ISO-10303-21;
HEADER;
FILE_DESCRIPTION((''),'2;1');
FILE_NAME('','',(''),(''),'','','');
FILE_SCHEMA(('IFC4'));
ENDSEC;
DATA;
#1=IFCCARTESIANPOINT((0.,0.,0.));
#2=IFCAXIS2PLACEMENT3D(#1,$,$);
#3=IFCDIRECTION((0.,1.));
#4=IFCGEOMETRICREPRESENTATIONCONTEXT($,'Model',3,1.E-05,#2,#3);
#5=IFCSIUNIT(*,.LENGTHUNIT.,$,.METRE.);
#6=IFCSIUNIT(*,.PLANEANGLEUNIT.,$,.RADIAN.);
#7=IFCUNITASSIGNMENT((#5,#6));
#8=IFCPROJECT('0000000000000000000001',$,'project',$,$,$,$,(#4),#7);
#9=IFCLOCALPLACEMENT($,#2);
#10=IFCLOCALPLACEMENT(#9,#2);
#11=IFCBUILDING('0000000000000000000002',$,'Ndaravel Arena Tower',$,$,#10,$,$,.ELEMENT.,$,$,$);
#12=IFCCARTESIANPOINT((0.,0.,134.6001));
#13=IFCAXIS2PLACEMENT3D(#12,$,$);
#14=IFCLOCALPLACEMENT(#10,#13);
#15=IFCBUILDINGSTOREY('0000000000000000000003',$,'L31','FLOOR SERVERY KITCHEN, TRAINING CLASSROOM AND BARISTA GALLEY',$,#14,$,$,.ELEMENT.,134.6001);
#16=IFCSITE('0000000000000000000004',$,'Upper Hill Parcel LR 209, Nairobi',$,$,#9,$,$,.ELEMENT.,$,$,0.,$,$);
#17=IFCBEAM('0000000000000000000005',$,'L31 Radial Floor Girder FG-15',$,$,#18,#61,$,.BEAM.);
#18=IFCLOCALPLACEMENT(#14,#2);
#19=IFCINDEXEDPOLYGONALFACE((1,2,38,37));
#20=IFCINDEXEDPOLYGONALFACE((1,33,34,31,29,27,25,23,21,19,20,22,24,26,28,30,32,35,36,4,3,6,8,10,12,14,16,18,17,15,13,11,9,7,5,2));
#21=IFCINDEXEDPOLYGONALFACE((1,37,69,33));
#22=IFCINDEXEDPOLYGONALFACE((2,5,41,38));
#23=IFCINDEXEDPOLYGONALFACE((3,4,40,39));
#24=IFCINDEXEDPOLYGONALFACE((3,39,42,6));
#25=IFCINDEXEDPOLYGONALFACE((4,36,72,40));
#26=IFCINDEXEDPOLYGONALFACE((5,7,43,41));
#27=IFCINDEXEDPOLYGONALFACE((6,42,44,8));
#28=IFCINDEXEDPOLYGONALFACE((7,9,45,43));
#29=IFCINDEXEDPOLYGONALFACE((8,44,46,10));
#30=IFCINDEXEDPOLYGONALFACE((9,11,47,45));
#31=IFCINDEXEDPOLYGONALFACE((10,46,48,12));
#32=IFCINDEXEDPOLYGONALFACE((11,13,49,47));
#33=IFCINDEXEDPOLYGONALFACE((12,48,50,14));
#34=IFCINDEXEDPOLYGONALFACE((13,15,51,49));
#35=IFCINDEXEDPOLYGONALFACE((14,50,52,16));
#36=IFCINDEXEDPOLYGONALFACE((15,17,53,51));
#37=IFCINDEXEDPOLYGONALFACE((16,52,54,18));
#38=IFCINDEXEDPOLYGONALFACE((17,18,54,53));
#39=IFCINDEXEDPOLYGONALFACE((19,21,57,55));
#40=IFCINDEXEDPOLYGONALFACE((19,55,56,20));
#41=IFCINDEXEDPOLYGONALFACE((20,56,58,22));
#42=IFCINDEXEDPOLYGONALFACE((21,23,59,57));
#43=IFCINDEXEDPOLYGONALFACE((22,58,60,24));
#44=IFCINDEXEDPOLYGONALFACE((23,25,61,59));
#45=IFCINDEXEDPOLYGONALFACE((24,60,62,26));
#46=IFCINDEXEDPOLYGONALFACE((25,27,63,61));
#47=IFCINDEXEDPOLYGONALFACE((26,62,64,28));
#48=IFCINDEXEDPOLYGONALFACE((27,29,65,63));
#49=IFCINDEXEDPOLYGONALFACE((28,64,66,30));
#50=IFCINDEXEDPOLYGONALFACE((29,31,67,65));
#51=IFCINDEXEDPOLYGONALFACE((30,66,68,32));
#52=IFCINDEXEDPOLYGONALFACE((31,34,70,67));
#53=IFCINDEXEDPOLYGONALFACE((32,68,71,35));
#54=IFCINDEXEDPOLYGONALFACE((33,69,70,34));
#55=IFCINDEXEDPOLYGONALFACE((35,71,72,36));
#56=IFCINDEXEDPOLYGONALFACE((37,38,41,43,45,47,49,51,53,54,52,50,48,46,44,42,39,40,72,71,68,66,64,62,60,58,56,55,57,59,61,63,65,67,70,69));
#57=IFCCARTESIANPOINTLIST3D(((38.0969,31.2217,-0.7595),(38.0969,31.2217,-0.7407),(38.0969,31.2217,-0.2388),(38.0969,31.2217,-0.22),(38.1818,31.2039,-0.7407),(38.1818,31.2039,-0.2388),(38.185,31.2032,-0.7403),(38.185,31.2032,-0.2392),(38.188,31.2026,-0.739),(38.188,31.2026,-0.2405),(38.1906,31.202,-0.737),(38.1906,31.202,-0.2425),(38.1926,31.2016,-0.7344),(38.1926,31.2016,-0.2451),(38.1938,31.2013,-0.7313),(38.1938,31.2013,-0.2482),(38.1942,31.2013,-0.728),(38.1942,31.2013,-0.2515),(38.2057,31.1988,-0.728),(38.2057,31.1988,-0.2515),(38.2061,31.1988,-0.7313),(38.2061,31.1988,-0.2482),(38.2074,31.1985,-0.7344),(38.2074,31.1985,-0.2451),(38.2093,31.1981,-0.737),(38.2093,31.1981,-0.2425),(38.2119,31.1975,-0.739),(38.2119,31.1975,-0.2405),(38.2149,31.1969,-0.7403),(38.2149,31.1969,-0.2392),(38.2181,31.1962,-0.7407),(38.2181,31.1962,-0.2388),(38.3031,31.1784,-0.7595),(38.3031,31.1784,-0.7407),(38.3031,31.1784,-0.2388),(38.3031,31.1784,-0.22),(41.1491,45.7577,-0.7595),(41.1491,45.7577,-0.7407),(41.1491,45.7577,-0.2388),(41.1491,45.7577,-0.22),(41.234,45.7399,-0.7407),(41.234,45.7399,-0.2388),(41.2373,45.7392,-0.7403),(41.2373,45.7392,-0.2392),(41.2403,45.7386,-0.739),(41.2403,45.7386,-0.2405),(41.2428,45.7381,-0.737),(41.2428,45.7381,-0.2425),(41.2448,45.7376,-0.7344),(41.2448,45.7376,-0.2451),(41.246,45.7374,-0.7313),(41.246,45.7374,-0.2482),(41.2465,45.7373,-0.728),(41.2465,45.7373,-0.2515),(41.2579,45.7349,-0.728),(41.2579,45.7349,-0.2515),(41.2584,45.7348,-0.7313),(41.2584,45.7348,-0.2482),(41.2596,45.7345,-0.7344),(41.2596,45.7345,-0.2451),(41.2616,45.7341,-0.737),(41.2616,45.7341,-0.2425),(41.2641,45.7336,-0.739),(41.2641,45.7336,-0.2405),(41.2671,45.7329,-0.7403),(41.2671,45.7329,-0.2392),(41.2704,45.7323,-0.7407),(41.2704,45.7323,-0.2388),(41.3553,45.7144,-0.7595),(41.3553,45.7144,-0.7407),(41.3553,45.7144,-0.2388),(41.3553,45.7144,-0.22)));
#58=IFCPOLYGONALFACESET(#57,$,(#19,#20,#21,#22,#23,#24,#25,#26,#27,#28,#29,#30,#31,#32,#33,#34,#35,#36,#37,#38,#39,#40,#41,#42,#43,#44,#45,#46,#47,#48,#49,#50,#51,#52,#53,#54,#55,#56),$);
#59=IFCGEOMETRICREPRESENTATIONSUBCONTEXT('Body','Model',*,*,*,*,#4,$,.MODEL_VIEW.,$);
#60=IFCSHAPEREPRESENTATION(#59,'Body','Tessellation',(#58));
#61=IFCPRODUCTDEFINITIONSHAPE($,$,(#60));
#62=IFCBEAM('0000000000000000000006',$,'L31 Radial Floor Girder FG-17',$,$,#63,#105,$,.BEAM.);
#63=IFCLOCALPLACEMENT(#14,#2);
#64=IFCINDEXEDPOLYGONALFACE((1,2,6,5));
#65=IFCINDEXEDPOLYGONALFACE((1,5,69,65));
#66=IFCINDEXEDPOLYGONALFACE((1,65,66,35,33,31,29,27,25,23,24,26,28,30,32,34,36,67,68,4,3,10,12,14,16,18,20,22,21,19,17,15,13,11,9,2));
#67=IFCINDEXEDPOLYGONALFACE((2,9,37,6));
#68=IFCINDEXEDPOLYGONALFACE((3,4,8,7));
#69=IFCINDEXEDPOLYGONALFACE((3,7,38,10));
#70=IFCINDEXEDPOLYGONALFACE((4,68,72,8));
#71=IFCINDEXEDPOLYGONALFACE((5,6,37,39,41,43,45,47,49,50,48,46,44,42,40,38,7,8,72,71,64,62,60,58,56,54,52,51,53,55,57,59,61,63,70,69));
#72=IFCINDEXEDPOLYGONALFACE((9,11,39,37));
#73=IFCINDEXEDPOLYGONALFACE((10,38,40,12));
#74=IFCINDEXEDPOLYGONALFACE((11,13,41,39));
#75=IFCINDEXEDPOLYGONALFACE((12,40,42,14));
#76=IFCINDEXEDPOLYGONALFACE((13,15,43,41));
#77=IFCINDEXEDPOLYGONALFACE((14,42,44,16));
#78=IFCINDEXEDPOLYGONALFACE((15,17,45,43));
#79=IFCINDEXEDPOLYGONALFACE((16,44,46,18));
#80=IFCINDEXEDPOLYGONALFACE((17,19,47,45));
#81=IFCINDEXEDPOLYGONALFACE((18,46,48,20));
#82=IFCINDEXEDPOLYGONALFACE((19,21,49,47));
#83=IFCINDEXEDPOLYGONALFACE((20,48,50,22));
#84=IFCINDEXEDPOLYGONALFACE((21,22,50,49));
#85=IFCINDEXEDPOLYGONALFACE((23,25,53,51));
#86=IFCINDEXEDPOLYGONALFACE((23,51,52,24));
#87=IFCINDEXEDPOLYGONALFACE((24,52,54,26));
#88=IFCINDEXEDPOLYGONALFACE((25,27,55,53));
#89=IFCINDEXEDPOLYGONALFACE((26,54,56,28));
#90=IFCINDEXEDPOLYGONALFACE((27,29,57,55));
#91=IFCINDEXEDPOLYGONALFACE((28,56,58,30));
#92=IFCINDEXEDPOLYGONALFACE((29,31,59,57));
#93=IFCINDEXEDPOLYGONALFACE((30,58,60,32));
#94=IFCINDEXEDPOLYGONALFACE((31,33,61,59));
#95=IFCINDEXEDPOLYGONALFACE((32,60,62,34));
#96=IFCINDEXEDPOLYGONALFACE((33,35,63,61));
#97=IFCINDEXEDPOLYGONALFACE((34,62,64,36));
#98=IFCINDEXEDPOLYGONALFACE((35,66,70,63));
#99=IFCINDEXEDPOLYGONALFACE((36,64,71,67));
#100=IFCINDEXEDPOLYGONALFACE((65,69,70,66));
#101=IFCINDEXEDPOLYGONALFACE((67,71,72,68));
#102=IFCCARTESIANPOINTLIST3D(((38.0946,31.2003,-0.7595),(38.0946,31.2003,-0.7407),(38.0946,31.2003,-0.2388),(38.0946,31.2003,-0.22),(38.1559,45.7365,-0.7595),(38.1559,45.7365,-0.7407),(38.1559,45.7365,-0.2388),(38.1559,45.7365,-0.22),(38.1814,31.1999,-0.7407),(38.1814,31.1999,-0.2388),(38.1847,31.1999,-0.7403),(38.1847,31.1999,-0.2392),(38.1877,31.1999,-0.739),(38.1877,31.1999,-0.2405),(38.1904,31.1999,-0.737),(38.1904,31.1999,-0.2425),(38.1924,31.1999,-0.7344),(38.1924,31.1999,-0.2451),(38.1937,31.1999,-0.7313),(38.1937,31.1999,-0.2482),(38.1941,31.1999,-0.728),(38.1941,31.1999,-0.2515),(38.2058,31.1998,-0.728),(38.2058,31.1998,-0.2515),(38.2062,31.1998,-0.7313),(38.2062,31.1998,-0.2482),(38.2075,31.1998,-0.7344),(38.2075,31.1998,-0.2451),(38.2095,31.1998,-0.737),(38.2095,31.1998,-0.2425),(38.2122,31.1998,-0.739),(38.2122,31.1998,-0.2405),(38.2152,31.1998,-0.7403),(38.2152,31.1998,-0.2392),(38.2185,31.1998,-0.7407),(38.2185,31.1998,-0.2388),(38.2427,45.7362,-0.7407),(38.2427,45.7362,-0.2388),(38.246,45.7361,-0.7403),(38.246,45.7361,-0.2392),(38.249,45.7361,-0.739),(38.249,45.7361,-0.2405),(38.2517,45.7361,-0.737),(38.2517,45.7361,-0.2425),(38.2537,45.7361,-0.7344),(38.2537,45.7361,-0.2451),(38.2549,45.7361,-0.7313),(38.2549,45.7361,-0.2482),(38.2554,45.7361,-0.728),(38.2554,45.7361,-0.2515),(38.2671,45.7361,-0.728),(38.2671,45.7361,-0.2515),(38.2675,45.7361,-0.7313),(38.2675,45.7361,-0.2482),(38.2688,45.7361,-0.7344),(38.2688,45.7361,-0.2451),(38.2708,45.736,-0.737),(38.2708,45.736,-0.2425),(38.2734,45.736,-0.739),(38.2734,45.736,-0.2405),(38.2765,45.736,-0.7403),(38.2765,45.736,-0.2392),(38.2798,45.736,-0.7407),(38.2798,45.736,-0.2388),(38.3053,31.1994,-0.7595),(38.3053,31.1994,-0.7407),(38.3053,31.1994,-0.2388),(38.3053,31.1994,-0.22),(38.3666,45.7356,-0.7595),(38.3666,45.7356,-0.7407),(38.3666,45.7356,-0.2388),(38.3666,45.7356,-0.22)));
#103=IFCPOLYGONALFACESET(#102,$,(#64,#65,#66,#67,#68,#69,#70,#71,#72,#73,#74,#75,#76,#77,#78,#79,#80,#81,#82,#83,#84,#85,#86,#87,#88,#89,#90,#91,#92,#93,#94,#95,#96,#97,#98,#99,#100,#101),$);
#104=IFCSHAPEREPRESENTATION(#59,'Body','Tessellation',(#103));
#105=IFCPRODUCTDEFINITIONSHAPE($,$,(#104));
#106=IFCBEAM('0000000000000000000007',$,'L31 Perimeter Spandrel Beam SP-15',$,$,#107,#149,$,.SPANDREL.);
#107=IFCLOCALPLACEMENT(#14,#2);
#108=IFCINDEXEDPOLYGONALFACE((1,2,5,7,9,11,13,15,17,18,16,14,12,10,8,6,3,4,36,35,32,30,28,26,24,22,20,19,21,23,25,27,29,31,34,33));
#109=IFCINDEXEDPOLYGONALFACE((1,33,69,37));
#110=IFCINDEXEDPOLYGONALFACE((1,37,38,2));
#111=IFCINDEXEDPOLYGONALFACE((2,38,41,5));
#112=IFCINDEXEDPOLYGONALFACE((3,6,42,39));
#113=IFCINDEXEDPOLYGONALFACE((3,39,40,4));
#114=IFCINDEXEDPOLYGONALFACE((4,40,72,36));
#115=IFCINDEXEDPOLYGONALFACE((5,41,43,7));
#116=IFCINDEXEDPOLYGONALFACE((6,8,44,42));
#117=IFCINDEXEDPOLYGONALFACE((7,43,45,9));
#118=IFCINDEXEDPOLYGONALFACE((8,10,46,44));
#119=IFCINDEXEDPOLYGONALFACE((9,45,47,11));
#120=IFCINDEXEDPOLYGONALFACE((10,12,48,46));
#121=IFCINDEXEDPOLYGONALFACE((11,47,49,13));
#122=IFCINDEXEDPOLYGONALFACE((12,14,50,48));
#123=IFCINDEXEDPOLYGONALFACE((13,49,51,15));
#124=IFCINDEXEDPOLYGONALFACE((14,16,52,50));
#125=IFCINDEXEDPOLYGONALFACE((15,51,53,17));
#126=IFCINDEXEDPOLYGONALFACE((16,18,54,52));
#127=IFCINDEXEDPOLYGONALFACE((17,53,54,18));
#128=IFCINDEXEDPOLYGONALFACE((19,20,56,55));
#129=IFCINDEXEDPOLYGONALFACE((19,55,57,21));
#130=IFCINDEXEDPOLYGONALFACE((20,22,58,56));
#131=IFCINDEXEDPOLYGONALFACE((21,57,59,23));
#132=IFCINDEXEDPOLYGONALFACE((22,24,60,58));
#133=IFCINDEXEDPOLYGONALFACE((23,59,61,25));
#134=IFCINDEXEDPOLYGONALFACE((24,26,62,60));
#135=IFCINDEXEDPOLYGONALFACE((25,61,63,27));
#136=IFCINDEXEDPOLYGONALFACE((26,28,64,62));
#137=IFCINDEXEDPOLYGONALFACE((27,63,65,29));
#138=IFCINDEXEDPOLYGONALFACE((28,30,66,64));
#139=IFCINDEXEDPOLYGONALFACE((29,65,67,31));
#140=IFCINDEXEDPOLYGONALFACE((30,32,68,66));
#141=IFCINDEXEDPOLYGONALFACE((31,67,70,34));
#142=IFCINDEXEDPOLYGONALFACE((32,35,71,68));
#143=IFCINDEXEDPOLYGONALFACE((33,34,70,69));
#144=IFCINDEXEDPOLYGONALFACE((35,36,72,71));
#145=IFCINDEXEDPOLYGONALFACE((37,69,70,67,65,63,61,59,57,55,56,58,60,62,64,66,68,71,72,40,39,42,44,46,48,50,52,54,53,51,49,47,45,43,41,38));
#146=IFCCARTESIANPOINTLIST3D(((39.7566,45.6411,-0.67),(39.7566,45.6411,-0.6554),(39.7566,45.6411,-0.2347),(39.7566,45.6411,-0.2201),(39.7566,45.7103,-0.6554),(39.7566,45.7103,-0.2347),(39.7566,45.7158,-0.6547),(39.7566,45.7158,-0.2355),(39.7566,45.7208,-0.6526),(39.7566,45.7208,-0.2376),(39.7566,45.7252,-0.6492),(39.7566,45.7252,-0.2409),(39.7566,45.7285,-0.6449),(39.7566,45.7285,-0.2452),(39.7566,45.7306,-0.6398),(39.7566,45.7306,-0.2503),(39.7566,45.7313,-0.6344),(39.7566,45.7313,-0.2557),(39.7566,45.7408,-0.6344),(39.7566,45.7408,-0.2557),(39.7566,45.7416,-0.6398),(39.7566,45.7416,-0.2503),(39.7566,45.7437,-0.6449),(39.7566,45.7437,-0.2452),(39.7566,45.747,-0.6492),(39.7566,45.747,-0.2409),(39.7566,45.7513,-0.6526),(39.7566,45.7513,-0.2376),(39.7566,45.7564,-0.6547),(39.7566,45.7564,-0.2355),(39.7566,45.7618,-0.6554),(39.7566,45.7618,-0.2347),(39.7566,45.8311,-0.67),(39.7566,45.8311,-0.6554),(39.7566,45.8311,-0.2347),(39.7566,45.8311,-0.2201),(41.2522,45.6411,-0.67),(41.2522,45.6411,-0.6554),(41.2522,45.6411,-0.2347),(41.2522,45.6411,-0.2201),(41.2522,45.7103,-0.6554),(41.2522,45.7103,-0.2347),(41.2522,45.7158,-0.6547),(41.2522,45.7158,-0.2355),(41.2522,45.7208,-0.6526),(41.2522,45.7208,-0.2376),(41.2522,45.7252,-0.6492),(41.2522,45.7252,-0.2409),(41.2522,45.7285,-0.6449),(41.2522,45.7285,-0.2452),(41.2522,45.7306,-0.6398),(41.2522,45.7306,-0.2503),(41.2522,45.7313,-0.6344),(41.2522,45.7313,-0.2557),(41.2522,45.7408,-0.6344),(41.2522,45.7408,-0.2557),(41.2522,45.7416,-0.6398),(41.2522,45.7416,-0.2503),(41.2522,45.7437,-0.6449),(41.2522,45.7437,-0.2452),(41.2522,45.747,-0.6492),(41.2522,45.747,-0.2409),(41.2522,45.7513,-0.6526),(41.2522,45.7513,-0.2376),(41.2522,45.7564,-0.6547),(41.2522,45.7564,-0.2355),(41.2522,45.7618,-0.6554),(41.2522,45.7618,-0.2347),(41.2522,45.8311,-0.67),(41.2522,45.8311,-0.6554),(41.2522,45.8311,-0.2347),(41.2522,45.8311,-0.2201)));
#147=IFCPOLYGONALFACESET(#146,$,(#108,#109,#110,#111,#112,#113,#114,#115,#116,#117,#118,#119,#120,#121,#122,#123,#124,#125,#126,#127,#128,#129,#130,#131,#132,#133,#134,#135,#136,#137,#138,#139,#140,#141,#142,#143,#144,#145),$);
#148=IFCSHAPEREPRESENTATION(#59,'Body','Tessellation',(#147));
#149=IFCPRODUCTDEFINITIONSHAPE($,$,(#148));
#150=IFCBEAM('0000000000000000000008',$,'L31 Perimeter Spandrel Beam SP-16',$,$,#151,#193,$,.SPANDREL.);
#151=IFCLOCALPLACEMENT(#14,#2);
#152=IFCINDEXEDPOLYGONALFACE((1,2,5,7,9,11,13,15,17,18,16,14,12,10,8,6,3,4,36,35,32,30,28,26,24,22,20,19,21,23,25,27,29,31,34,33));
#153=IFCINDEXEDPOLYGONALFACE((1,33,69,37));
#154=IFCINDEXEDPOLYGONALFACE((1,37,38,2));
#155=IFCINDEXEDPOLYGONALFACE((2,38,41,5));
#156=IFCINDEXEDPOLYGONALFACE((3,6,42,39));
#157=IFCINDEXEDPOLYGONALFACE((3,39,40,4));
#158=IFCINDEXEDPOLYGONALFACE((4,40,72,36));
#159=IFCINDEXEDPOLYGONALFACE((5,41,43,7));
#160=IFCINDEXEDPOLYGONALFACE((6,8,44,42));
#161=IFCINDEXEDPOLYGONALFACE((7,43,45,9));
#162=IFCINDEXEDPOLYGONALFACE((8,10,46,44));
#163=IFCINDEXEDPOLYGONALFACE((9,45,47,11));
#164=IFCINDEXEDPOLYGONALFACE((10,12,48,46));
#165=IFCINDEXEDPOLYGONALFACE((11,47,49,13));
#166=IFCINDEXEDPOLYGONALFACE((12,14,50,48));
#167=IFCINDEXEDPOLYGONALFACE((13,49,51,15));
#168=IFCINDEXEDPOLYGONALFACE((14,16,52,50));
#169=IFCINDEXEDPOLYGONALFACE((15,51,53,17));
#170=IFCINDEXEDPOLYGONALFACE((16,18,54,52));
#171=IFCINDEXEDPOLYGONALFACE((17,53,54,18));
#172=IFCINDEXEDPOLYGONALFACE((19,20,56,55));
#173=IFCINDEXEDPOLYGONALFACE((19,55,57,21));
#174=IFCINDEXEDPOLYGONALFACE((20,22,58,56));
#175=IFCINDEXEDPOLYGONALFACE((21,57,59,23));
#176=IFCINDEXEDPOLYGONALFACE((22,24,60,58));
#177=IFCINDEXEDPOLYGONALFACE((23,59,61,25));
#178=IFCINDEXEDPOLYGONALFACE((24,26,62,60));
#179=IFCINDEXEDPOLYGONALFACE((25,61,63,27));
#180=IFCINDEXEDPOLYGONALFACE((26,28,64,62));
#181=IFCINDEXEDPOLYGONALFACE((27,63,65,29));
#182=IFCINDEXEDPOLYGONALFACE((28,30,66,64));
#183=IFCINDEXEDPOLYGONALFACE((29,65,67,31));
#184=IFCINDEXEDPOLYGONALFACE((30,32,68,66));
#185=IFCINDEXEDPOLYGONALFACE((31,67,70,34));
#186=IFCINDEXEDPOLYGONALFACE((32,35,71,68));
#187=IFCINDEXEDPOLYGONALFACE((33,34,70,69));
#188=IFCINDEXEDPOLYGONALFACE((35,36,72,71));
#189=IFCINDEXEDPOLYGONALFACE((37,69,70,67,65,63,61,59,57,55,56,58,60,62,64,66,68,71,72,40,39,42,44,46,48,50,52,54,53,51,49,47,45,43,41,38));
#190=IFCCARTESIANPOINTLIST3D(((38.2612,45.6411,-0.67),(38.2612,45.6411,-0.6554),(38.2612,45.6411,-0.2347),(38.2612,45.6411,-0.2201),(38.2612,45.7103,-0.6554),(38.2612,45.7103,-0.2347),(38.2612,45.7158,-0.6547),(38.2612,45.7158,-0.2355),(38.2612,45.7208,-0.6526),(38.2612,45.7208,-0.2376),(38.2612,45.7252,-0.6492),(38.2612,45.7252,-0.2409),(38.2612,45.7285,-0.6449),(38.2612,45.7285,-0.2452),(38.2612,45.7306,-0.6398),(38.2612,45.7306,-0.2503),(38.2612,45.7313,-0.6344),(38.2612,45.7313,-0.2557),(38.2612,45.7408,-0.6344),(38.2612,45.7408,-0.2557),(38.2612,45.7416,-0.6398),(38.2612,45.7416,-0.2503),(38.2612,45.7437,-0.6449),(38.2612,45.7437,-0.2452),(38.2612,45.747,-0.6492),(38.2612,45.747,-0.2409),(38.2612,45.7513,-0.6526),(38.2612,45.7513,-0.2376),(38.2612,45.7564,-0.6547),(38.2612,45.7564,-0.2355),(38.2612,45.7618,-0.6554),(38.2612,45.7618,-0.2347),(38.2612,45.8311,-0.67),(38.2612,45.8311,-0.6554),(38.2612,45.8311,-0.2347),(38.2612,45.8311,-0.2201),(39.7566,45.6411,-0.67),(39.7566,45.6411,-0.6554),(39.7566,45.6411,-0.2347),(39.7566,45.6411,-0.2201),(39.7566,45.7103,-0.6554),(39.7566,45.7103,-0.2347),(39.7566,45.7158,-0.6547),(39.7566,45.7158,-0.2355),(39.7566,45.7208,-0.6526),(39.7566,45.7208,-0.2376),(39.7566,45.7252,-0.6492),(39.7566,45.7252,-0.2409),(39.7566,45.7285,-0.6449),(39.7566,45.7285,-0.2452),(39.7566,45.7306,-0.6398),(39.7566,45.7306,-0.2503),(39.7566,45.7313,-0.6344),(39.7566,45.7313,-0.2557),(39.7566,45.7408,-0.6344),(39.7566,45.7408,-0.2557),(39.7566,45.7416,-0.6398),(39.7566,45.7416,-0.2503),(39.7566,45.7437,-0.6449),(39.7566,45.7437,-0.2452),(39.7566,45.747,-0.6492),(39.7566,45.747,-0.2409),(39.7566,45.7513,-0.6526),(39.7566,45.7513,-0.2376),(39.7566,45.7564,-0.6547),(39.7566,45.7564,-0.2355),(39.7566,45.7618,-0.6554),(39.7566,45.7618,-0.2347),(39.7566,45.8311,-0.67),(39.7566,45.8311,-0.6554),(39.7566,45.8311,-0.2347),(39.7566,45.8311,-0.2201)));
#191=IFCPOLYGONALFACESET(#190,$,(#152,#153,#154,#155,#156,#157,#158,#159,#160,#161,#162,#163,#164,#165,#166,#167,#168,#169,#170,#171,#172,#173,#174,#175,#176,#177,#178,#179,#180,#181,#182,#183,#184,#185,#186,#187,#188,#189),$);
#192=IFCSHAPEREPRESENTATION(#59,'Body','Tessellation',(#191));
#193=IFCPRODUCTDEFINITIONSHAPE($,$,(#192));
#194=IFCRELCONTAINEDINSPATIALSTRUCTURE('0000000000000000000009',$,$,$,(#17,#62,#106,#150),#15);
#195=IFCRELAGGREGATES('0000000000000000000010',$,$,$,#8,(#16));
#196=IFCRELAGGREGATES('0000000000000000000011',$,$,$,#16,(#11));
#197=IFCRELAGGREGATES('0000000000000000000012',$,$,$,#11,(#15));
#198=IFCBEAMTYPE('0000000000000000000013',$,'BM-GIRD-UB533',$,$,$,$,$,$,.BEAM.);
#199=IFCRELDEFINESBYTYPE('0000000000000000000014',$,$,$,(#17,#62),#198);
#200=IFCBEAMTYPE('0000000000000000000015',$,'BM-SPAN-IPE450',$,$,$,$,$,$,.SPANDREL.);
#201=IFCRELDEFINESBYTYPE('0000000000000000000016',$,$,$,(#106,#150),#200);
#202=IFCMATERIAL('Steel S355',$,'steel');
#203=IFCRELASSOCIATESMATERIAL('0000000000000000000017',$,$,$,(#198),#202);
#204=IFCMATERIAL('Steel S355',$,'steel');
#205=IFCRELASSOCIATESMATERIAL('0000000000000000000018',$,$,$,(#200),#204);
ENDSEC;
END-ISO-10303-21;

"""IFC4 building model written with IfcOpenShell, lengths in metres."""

from ifc_helpers import new_model, si_unit, direction, frame, origin, origin_2d, place, context, subcontext, project, spatial, i_section, extrude, material, material_profile, profile_set, type_object, element, save


model = new_model("IFC4")

# Units and contexts
model_context = context("Model", 3, precision=1e-05, world=origin(), true_north=direction((0.0, 1.0)))
body_context = subcontext(model_context, "Body", "Model", "MODEL_VIEW")
ifc_project = project(units=[si_unit("LENGTHUNIT", "METRE"), si_unit("PLANEANGLEUNIT", "RADIAN")], contexts=[model_context])

# Site, building, storey
site_placement = place(None, origin())
site = spatial("IfcSite", under=ifc_project, at=site_placement, Name="Upper Hill Parcel LR 209, Nairobi", CompositionType="ELEMENT", RefElevation=0.0)
building_placement = place(site_placement, origin())
building = spatial("IfcBuilding", under=site, at=building_placement, Name="Ndaravel Arena Tower", CompositionType="ELEMENT")
storey_placement = place(building_placement, frame((0.0, 0.0, 134.6001)))
storey = spatial("IfcBuildingStorey", under=building, at=storey_placement, Name="L31", Description="FLOOR SERVERY KITCHEN, TRAINING CLASSROOM AND BARISTA GALLEY", CompositionType="ELEMENT", Elevation=134.6001)

# Beams
ifc_material_1 = material(Name="Steel S355", Category="steel")
ifc_material_profile_1 = material_profile(ifc_material_1, i_section(OverallWidth=0.2107, OverallDepth=0.5396, WebThickness=0.0117, FlangeThickness=0.0188, FilletRadius=0.0127, at=origin_2d()), Name="UB 533x210x109")
ifc_profile_set_1 = profile_set([ifc_material_profile_1], Name="Steel S355")
beam_type_1 = type_object("IfcBeamType", Name="BM-GIRD-UB533", PredefinedType="BEAM", material=ifc_profile_set_1)
beam_1_placement = place(storey_placement, frame((41.2522, 45.7361, -0.4897), z_axis=(-0.205495, -0.978658, 0.0), x_axis=(0.978658, -0.205495, 0.0)))
element("IfcBeam", 1, at=beam_1_placement, inside=storey, type_object=beam_type_1, Name="L31 Radial Floor Girder FG-15", PredefinedType="BEAM", context=body_context, shape_type="SweptSolid", body=[
    extrude(i_section(OverallWidth=0.2107, OverallDepth=0.5396, WebThickness=0.0117, FlangeThickness=0.0188, FilletRadius=0.0127, at=origin_2d()), origin(), (0.0, 0.0, 1.0), 14.853),
])
beam_2_placement = place(storey_placement, frame((38.2612, 45.7361, -0.4897), z_axis=(-0.004216, -0.999991, 0.0), x_axis=(0.999991, -0.004216, 0.0)))
element("IfcBeam", 2, at=beam_2_placement, inside=storey, type_object=beam_type_1, Name="L31 Radial Floor Girder FG-17", PredefinedType="BEAM", context=body_context, shape_type="SweptSolid", body=[
    extrude(i_section(OverallWidth=0.2107, OverallDepth=0.5396, WebThickness=0.0117, FlangeThickness=0.0188, FilletRadius=0.0127, at=origin_2d()), origin(), (0.0, 0.0, 1.0), 14.5364),
])
ifc_material_2 = material(Name="Steel S355", Category="steel")
ifc_material_profile_2 = material_profile(ifc_material_2, i_section(OverallWidth=0.1899, OverallDepth=0.45, WebThickness=0.0095, FlangeThickness=0.0146, FilletRadius=0.021, at=origin_2d()), Name="IPE 450")
ifc_profile_set_2 = profile_set([ifc_material_profile_2], Name="Steel S355")
beam_type_2 = type_object("IfcBeamType", Name="BM-SPAN-IPE450", PredefinedType="SPANDREL", material=ifc_profile_set_2)
beam_3_placement = place(storey_placement, frame((41.2522, 45.7361, -0.4451), z_axis=(-1.0, 0.0, 0.0), x_axis=(0.0, -1.0, 0.0)))
element("IfcBeam", 3, at=beam_3_placement, inside=storey, type_object=beam_type_2, Name="L31 Perimeter Spandrel Beam SP-15", PredefinedType="SPANDREL", context=body_context, shape_type="SweptSolid", body=[
    extrude(i_section(OverallWidth=0.1899, OverallDepth=0.45, WebThickness=0.0095, FlangeThickness=0.0146, FilletRadius=0.021, at=origin_2d()), origin(), (0.0, 0.0, 1.0), 1.4956),
])
beam_4_placement = place(storey_placement, frame((39.7566, 45.7361, -0.4451), z_axis=(-1.0, 0.0, 0.0), x_axis=(0.0, -1.0, 0.0)))
element("IfcBeam", 4, at=beam_4_placement, inside=storey, type_object=beam_type_2, Name="L31 Perimeter Spandrel Beam SP-16", PredefinedType="SPANDREL", context=body_context, shape_type="SweptSolid", body=[
    extrude(i_section(OverallWidth=0.1899, OverallDepth=0.45, WebThickness=0.0095, FlangeThickness=0.0146, FilletRadius=0.021, at=origin_2d()), origin(), (0.0, 0.0, 1.0), 1.4954),
])

save(model, "model.ifc")
